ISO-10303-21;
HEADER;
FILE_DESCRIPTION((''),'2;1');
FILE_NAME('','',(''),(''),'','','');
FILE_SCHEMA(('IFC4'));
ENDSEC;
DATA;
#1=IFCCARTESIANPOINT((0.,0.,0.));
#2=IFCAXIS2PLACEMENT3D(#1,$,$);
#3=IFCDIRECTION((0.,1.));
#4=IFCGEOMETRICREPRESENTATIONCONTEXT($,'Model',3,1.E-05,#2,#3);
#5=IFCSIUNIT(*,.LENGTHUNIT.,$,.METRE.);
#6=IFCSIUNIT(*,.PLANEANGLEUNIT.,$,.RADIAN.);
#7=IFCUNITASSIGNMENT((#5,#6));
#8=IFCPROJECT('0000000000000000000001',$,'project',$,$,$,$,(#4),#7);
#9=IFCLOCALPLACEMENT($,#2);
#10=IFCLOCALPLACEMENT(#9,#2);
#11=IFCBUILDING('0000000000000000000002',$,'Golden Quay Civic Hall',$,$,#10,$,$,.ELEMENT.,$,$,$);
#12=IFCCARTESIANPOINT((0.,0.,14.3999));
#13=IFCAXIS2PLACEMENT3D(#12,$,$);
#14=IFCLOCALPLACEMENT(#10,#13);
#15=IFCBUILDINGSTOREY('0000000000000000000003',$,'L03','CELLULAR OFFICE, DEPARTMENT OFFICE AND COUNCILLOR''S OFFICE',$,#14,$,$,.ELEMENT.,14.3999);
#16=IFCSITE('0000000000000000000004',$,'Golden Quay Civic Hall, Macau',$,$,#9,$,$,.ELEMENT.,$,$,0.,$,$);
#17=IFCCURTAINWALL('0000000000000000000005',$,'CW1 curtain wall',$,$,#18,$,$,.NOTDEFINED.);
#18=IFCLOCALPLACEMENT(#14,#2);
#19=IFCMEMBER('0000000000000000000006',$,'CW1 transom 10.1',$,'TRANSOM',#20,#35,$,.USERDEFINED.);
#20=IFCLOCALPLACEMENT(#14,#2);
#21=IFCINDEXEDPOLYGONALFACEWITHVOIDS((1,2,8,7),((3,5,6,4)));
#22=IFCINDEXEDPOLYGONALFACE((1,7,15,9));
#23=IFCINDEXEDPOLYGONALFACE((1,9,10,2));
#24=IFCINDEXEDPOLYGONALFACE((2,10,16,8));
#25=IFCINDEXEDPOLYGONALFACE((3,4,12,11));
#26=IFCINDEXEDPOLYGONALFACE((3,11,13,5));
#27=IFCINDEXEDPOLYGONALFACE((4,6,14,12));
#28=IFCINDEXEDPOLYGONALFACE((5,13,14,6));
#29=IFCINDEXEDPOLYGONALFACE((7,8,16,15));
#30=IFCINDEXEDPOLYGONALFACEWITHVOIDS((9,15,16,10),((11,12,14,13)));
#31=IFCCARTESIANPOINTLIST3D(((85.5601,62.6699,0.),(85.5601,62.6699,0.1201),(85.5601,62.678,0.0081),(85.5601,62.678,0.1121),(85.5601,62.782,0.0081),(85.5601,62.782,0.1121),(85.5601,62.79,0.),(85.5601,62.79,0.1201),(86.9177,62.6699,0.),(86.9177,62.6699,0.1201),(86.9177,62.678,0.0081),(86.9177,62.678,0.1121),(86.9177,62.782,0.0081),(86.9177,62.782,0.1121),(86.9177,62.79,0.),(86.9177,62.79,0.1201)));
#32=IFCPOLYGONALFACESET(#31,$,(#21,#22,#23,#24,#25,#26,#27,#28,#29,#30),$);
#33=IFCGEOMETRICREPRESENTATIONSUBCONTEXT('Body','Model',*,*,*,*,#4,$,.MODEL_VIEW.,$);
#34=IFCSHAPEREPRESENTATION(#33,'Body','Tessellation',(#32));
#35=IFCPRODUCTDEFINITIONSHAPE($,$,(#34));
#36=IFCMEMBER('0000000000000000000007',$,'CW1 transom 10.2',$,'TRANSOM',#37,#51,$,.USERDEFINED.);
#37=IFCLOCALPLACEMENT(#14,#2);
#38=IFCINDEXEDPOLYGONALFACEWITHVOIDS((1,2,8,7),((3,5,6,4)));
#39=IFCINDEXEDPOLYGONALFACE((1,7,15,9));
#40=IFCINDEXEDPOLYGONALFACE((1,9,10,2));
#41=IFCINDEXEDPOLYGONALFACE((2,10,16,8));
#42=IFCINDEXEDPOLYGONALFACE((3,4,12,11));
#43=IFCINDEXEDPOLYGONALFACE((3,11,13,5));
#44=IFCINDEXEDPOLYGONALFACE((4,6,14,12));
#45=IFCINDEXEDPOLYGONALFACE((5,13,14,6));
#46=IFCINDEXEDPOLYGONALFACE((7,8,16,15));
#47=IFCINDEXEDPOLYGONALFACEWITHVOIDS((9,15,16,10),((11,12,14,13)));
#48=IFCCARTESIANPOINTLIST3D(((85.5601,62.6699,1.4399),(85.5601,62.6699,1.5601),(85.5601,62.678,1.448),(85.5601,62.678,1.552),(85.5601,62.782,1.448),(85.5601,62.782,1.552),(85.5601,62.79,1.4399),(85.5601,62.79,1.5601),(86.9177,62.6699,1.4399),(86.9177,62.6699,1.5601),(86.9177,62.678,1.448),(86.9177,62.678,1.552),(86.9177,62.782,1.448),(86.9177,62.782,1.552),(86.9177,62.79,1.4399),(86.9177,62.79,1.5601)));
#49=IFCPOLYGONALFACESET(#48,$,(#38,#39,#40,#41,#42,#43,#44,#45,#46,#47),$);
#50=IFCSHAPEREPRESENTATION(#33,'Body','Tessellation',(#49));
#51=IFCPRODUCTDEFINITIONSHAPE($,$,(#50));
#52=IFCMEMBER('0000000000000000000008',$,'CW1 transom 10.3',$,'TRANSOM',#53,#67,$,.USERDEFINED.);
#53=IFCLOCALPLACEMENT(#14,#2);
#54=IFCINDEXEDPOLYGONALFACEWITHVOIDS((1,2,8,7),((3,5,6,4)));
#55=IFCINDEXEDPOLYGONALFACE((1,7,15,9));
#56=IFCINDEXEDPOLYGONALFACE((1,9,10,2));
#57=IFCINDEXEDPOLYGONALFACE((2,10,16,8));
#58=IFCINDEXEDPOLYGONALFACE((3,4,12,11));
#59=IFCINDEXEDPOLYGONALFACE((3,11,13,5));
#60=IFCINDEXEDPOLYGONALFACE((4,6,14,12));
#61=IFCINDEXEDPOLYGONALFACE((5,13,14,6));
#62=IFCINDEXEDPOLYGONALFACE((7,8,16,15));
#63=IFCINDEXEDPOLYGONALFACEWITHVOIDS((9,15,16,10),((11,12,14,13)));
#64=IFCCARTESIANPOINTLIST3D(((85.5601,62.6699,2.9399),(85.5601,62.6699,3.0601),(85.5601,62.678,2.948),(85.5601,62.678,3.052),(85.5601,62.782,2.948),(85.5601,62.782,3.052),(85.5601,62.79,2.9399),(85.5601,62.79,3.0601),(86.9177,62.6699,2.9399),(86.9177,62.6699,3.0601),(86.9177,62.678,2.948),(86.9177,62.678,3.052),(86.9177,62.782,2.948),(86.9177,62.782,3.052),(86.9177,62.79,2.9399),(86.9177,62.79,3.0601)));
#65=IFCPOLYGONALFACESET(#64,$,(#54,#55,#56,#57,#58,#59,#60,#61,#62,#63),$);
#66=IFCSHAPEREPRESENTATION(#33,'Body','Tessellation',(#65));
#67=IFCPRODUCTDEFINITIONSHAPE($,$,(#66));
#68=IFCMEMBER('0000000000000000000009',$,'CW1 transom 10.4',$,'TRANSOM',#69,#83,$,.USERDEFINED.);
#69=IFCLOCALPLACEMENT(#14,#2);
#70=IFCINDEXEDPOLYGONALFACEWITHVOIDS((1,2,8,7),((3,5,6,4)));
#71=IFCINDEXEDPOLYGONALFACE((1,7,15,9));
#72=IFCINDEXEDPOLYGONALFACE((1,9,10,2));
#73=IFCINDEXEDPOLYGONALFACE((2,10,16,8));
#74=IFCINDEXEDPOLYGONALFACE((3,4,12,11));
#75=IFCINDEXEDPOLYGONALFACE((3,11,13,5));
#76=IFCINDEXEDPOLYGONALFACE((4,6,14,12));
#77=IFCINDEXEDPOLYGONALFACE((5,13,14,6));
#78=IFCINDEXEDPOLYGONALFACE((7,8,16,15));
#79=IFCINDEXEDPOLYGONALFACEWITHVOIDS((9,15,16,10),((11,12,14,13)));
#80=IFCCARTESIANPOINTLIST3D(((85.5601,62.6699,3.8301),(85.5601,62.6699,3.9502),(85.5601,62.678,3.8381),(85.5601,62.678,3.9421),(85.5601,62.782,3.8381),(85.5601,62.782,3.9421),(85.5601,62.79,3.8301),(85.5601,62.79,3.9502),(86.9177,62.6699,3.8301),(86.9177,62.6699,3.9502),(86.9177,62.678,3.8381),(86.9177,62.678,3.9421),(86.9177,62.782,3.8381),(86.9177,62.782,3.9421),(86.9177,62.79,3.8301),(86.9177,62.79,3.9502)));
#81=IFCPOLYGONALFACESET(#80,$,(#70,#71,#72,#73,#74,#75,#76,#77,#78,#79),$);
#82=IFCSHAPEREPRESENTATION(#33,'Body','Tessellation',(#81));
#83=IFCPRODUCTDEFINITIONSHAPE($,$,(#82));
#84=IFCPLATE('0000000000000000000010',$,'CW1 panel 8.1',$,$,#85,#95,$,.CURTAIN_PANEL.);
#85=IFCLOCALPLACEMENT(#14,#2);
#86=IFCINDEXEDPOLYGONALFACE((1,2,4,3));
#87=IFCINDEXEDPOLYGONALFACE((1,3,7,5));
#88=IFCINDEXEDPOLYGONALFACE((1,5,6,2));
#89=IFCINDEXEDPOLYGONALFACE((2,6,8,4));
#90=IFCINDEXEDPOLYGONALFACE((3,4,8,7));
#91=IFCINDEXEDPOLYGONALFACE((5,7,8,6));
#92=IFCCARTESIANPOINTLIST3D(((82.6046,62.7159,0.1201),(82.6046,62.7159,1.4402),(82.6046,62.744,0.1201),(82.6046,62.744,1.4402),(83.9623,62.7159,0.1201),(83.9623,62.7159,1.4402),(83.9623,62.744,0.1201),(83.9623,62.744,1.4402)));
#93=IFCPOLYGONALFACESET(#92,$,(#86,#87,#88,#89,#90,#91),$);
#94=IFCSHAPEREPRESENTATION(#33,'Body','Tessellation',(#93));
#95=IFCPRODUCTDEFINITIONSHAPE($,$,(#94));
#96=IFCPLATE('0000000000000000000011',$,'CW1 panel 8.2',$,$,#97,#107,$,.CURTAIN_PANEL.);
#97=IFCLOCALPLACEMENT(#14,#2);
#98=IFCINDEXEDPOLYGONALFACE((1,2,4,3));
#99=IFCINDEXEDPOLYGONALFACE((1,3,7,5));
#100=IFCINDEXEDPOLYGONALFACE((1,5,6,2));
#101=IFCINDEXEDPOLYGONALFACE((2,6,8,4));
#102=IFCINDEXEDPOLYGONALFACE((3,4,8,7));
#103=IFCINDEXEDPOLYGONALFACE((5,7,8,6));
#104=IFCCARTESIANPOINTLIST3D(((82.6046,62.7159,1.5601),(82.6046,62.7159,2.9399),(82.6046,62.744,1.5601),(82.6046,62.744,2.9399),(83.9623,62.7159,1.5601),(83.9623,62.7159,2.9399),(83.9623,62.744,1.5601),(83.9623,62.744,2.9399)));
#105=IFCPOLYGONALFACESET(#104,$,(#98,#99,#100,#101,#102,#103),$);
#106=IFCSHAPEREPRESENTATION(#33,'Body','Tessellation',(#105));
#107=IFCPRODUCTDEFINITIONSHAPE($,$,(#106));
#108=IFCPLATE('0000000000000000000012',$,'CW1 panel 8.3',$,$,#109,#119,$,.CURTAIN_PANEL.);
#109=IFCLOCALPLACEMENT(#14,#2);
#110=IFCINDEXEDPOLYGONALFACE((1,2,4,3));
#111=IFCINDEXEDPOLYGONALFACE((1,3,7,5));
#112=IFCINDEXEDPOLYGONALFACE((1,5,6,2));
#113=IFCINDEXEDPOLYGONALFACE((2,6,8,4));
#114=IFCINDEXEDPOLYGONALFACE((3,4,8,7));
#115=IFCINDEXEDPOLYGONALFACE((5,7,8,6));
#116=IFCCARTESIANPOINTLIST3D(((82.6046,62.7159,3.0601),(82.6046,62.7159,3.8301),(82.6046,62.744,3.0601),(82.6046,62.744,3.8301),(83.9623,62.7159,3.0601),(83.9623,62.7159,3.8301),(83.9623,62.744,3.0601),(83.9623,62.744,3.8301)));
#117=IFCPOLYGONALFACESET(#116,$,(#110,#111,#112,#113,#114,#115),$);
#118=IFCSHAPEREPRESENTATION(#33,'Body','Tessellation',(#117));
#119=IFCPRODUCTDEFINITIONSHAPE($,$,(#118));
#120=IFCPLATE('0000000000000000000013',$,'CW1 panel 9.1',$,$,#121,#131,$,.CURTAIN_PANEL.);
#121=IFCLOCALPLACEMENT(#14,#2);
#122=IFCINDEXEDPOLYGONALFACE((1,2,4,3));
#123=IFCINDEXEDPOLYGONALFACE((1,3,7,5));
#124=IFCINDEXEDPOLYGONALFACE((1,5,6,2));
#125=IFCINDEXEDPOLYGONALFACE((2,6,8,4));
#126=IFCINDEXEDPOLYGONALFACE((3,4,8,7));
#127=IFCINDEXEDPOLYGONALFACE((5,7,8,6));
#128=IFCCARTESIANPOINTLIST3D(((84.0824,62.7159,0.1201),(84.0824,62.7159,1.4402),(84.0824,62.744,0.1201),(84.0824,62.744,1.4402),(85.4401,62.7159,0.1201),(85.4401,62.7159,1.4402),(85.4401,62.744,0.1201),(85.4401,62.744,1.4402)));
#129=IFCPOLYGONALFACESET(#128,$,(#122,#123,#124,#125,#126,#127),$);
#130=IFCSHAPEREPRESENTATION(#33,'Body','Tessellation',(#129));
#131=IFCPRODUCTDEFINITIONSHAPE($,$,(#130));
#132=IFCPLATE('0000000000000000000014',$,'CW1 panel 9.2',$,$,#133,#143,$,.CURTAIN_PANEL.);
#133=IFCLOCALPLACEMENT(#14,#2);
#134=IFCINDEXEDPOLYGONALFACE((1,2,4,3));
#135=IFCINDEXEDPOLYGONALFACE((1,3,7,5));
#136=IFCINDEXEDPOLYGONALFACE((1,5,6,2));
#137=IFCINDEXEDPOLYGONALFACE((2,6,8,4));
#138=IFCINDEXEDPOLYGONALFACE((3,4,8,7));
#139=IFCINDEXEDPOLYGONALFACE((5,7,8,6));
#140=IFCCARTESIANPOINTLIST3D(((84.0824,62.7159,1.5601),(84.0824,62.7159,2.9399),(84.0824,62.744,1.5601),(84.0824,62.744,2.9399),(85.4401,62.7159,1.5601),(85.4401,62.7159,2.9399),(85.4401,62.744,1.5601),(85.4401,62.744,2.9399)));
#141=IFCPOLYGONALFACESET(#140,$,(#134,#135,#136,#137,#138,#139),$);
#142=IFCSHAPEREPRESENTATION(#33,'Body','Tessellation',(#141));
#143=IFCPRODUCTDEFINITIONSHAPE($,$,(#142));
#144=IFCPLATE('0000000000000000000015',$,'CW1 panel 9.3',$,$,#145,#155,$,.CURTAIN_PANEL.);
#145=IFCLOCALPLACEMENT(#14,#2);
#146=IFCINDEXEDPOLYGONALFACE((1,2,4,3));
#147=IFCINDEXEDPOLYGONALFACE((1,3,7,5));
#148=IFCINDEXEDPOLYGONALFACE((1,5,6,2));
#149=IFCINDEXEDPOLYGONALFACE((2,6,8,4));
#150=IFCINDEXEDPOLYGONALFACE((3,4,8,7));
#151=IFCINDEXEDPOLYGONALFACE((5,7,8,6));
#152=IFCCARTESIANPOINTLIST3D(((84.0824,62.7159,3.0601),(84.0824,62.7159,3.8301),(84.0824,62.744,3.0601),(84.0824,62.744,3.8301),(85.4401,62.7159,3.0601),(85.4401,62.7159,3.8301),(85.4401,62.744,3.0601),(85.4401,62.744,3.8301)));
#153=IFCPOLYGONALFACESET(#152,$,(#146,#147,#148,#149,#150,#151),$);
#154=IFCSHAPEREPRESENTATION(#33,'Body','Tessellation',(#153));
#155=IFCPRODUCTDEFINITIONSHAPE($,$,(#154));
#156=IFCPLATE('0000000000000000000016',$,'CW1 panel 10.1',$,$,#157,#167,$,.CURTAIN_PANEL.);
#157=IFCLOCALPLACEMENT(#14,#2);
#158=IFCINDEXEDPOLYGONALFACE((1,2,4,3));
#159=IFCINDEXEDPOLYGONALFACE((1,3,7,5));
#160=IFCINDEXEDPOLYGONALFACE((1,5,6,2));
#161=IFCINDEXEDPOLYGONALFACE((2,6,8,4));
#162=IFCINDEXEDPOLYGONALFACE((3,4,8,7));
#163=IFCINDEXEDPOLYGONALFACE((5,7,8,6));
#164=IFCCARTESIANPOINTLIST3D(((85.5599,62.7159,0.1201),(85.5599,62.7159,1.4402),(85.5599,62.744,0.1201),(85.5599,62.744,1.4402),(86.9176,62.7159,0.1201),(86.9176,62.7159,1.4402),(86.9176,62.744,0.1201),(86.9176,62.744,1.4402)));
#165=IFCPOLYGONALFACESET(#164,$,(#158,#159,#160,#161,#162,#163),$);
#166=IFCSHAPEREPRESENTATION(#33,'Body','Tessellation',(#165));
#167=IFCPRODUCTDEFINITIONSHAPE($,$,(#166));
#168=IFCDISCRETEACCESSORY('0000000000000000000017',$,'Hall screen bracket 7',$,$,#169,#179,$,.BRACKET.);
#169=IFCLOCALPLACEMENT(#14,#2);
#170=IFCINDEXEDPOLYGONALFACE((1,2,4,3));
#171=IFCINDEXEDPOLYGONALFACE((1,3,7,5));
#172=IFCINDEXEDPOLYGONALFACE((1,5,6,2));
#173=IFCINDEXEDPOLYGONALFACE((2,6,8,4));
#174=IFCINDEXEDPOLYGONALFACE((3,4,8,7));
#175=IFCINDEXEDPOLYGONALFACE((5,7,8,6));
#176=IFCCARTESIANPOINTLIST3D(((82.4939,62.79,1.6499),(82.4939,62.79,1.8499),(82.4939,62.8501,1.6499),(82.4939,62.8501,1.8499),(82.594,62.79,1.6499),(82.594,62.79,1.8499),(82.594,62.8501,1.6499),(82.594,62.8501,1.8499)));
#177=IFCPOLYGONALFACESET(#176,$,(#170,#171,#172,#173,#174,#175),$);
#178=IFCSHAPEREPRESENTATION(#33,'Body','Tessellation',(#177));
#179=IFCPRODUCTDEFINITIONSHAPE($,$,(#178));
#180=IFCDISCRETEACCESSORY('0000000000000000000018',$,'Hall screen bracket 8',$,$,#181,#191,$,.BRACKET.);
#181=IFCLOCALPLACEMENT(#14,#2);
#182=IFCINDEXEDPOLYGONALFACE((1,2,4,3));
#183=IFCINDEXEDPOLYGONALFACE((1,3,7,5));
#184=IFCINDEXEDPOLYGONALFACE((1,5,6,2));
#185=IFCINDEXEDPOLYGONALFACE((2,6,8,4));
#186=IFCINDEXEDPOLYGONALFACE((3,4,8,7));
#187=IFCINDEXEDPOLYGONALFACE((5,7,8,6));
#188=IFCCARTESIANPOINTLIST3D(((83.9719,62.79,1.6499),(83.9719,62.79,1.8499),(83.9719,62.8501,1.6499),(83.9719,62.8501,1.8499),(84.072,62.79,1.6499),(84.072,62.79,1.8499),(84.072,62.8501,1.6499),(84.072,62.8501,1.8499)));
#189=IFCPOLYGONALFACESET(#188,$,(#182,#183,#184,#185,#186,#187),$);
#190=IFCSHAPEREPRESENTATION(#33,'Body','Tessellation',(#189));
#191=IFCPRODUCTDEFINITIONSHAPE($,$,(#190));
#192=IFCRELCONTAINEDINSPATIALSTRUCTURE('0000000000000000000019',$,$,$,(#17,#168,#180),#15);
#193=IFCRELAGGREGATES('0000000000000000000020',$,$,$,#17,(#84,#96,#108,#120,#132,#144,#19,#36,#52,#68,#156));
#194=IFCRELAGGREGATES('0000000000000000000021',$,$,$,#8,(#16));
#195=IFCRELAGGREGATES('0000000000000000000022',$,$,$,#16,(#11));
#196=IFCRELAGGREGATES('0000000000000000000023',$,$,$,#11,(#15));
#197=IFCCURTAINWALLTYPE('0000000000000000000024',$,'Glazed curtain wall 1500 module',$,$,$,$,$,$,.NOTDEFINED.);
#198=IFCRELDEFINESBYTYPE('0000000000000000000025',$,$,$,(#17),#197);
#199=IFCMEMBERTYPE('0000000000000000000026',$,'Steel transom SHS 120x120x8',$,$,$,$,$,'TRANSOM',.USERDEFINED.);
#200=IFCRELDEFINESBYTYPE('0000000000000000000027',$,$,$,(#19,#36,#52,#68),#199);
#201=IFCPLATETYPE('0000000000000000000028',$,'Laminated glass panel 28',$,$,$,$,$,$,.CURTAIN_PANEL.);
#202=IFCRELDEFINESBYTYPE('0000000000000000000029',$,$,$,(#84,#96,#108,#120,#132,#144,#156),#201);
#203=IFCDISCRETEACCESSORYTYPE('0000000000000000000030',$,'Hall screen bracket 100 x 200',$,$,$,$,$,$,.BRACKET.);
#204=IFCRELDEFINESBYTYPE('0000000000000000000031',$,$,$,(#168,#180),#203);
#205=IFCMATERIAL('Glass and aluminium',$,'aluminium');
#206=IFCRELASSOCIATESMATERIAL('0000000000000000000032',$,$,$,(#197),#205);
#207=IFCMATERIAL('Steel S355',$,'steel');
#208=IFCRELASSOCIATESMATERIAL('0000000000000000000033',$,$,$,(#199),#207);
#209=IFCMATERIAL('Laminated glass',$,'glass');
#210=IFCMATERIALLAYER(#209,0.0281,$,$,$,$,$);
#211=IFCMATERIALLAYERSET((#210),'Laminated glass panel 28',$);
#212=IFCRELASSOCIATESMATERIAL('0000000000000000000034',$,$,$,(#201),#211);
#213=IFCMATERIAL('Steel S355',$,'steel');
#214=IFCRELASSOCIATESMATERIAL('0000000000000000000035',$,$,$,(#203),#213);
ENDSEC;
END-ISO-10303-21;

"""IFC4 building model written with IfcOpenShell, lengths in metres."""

from ifc_helpers import new_model, si_unit, direction, frame, origin, origin_2d, place, context, subcontext, project, spatial, rectangle, hollow_rectangle, extrude, material, layer, layer_set, material_profile, profile_set, type_object, element, aggregate, save


model = new_model("IFC4")

# Units and contexts
model_context = context("Model", 3, precision=1e-05, world=origin(), true_north=direction((0.0, 1.0)))
body_context = subcontext(model_context, "Body", "Model", "MODEL_VIEW")
ifc_project = project(units=[si_unit("LENGTHUNIT", "METRE"), si_unit("PLANEANGLEUNIT", "RADIAN")], contexts=[model_context])

# Site, building, storey
site_placement = place(None, origin())
site = spatial("IfcSite", under=ifc_project, at=site_placement, Name="Golden Quay Civic Hall, Macau", CompositionType="ELEMENT", RefElevation=0.0)
building_placement = place(site_placement, origin())
building = spatial("IfcBuilding", under=site, at=building_placement, Name="Golden Quay Civic Hall", CompositionType="ELEMENT")
storey_placement = place(building_placement, frame((0.0, 0.0, 14.3999)))
storey = spatial("IfcBuildingStorey", under=building, at=storey_placement, Name="L03", Description="CELLULAR OFFICE, DEPARTMENT OFFICE AND COUNCILLOR'S OFFICE", CompositionType="ELEMENT", Elevation=14.3999)

# Curtain wall, members, plates
ifc_material_1 = material(Name="Glass and aluminium", Category="aluminium")
curtain_wall_type = type_object("IfcCurtainWallType", Name="Glazed curtain wall 1500 module", PredefinedType="NOTDEFINED", material=ifc_material_1)
curtain_wall_placement = place(storey_placement, origin())
curtain_wall = element("IfcCurtainWall", 1, at=curtain_wall_placement, inside=storey, type_object=curtain_wall_type, Name="CW1 curtain wall", PredefinedType="NOTDEFINED")
ifc_material_2 = material(Name="Steel S355", Category="steel")
ifc_material_profile_1 = material_profile(ifc_material_2, hollow_rectangle(XDim=0.1201, YDim=0.1201, WallThickness=0.0081, at=origin_2d()), Name="SHS 120x120x8")
ifc_profile_set_1 = profile_set([ifc_material_profile_1], Name="Steel S355")
member_type_1 = type_object("IfcMemberType", Name="Steel transom SHS 120x120x8", ElementType="TRANSOM", PredefinedType="USERDEFINED", material=ifc_profile_set_1)
member_1_placement = place(storey_placement, frame((85.5601, 62.73, 0.0601), z_axis=(1.0, 0.0, 0.0), x_axis=(0.0, 1.0, 0.0)))
member_1 = element("IfcMember", 2, at=member_1_placement, type_object=member_type_1, Name="CW1 transom 10.1", ObjectType="TRANSOM", PredefinedType="USERDEFINED", context=body_context, shape_type="SweptSolid", body=[
    extrude(hollow_rectangle(XDim=0.1201, YDim=0.1201, WallThickness=0.0081, at=origin_2d()), origin(), (0.0, 0.0, 1.0), 1.3577),
])
member_2_placement = place(storey_placement, frame((85.5601, 62.73, 1.5), z_axis=(1.0, 0.0, 0.0), x_axis=(0.0, 1.0, 0.0)))
member_2 = element("IfcMember", 3, at=member_2_placement, type_object=member_type_1, Name="CW1 transom 10.2", ObjectType="TRANSOM", PredefinedType="USERDEFINED", context=body_context, shape_type="SweptSolid", body=[
    extrude(hollow_rectangle(XDim=0.1201, YDim=0.1201, WallThickness=0.0081, at=origin_2d()), origin(), (0.0, 0.0, 1.0), 1.3577),
])
member_3_placement = place(storey_placement, frame((85.5601, 62.73, 3.0), z_axis=(1.0, 0.0, 0.0), x_axis=(0.0, 1.0, 0.0)))
member_3 = element("IfcMember", 4, at=member_3_placement, type_object=member_type_1, Name="CW1 transom 10.3", ObjectType="TRANSOM", PredefinedType="USERDEFINED", context=body_context, shape_type="SweptSolid", body=[
    extrude(hollow_rectangle(XDim=0.1201, YDim=0.1201, WallThickness=0.0081, at=origin_2d()), origin(), (0.0, 0.0, 1.0), 1.3577),
])
member_4_placement = place(storey_placement, frame((85.5601, 62.73, 3.8901), z_axis=(1.0, 0.0, 0.0), x_axis=(0.0, 1.0, 0.0)))
member_4 = element("IfcMember", 5, at=member_4_placement, type_object=member_type_1, Name="CW1 transom 10.4", ObjectType="TRANSOM", PredefinedType="USERDEFINED", context=body_context, shape_type="SweptSolid", body=[
    extrude(hollow_rectangle(XDim=0.1201, YDim=0.1201, WallThickness=0.0081, at=origin_2d()), origin(), (0.0, 0.0, 1.0), 1.3577),
])
ifc_material_3 = material(Name="Laminated glass", Category="glass")
ifc_layer = layer(ifc_material_3, 0.0281)
ifc_layer_set = layer_set([ifc_layer], Name="Laminated glass panel 28")
plate_type = type_object("IfcPlateType", Name="Laminated glass panel 28", PredefinedType="CURTAIN_PANEL", material=ifc_layer_set)
plate_1_placement = place(storey_placement, frame((83.2834, 62.73, 0.1201), z_axis=(0.0, 0.0, 1.0), x_axis=(1.0, 0.0, 0.0)))
plate_1 = element("IfcPlate", 6, at=plate_1_placement, type_object=plate_type, Name="CW1 panel 8.1", PredefinedType="CURTAIN_PANEL", context=body_context, shape_type="SweptSolid", body=[
    extrude(rectangle(XDim=1.3577, YDim=0.0281, at=origin_2d()), origin(), (0.0, 0.0, 1.0), 1.3201),
])
plate_2_placement = place(storey_placement, frame((83.2834, 62.73, 1.5601), z_axis=(0.0, 0.0, 1.0), x_axis=(1.0, 0.0, 0.0)))
plate_2 = element("IfcPlate", 7, at=plate_2_placement, type_object=plate_type, Name="CW1 panel 8.2", PredefinedType="CURTAIN_PANEL", context=body_context, shape_type="SweptSolid", body=[
    extrude(rectangle(XDim=1.3577, YDim=0.0281, at=origin_2d()), origin(), (0.0, 0.0, 1.0), 1.3799),
])
plate_3_placement = place(storey_placement, frame((83.2834, 62.73, 3.0601), z_axis=(0.0, 0.0, 1.0), x_axis=(1.0, 0.0, 0.0)))
plate_3 = element("IfcPlate", 8, at=plate_3_placement, type_object=plate_type, Name="CW1 panel 8.3", PredefinedType="CURTAIN_PANEL", context=body_context, shape_type="SweptSolid", body=[
    extrude(rectangle(XDim=1.3577, YDim=0.0281, at=origin_2d()), origin(), (0.0, 0.0, 1.0), 0.77),
])
plate_4_placement = place(storey_placement, frame((84.7612, 62.73, 0.1201), z_axis=(0.0, 0.0, 1.0), x_axis=(1.0, 0.0, 0.0)))
plate_4 = element("IfcPlate", 9, at=plate_4_placement, type_object=plate_type, Name="CW1 panel 9.1", PredefinedType="CURTAIN_PANEL", context=body_context, shape_type="SweptSolid", body=[
    extrude(rectangle(XDim=1.3577, YDim=0.0281, at=origin_2d()), origin(), (0.0, 0.0, 1.0), 1.3201),
])
plate_5_placement = place(storey_placement, frame((84.7612, 62.73, 1.5601), z_axis=(0.0, 0.0, 1.0), x_axis=(1.0, 0.0, 0.0)))
plate_5 = element("IfcPlate", 10, at=plate_5_placement, type_object=plate_type, Name="CW1 panel 9.2", PredefinedType="CURTAIN_PANEL", context=body_context, shape_type="SweptSolid", body=[
    extrude(rectangle(XDim=1.3577, YDim=0.0281, at=origin_2d()), origin(), (0.0, 0.0, 1.0), 1.3799),
])
plate_6_placement = place(storey_placement, frame((84.7612, 62.73, 3.0601), z_axis=(0.0, 0.0, 1.0), x_axis=(1.0, 0.0, 0.0)))
plate_6 = element("IfcPlate", 11, at=plate_6_placement, type_object=plate_type, Name="CW1 panel 9.3", PredefinedType="CURTAIN_PANEL", context=body_context, shape_type="SweptSolid", body=[
    extrude(rectangle(XDim=1.3577, YDim=0.0281, at=origin_2d()), origin(), (0.0, 0.0, 1.0), 0.77),
])
plate_7_placement = place(storey_placement, frame((86.2388, 62.73, 0.1201), z_axis=(0.0, 0.0, 1.0), x_axis=(1.0, 0.0, 0.0)))
plate_7 = element("IfcPlate", 12, at=plate_7_placement, type_object=plate_type, Name="CW1 panel 10.1", PredefinedType="CURTAIN_PANEL", context=body_context, shape_type="SweptSolid", body=[
    extrude(rectangle(XDim=1.3577, YDim=0.0281, at=origin_2d()), origin(), (0.0, 0.0, 1.0), 1.3201),
])
aggregate(curtain_wall, [plate_1, plate_2, plate_3, plate_4, plate_5, plate_6, member_1, member_2, member_3, member_4, plate_7])

# Discrete accessories
ifc_material_4 = material(Name="Steel S355", Category="steel")
discrete_accessory_type = type_object("IfcDiscreteAccessoryType", Name="Hall screen bracket 100 x 200", PredefinedType="BRACKET", material=ifc_material_4)
for number, where, z_axis, x_axis, name in (
    (13, (82.5439, 62.8201, 1.6499), (0.0, 0.0, 1.0), (1.0, 0.0, 0.0), "Hall screen bracket 7"),
    (14, (84.022, 62.8201, 1.6499), (0.0, 0.0, 1.0), (1.0, 0.0, 0.0), "Hall screen bracket 8"),
):
    element("IfcDiscreteAccessory", number, at=place(storey_placement, frame(where, z_axis=z_axis, x_axis=x_axis)), inside=storey, type_object=discrete_accessory_type, Name=name, PredefinedType="BRACKET", context=body_context, shape_type="SweptSolid", body=[
        extrude(rectangle(XDim=0.1001, YDim=0.0601, at=origin_2d()), origin(), (0.0, 0.0, 1.0), 0.2),
    ])

save(model, "model.ifc")
